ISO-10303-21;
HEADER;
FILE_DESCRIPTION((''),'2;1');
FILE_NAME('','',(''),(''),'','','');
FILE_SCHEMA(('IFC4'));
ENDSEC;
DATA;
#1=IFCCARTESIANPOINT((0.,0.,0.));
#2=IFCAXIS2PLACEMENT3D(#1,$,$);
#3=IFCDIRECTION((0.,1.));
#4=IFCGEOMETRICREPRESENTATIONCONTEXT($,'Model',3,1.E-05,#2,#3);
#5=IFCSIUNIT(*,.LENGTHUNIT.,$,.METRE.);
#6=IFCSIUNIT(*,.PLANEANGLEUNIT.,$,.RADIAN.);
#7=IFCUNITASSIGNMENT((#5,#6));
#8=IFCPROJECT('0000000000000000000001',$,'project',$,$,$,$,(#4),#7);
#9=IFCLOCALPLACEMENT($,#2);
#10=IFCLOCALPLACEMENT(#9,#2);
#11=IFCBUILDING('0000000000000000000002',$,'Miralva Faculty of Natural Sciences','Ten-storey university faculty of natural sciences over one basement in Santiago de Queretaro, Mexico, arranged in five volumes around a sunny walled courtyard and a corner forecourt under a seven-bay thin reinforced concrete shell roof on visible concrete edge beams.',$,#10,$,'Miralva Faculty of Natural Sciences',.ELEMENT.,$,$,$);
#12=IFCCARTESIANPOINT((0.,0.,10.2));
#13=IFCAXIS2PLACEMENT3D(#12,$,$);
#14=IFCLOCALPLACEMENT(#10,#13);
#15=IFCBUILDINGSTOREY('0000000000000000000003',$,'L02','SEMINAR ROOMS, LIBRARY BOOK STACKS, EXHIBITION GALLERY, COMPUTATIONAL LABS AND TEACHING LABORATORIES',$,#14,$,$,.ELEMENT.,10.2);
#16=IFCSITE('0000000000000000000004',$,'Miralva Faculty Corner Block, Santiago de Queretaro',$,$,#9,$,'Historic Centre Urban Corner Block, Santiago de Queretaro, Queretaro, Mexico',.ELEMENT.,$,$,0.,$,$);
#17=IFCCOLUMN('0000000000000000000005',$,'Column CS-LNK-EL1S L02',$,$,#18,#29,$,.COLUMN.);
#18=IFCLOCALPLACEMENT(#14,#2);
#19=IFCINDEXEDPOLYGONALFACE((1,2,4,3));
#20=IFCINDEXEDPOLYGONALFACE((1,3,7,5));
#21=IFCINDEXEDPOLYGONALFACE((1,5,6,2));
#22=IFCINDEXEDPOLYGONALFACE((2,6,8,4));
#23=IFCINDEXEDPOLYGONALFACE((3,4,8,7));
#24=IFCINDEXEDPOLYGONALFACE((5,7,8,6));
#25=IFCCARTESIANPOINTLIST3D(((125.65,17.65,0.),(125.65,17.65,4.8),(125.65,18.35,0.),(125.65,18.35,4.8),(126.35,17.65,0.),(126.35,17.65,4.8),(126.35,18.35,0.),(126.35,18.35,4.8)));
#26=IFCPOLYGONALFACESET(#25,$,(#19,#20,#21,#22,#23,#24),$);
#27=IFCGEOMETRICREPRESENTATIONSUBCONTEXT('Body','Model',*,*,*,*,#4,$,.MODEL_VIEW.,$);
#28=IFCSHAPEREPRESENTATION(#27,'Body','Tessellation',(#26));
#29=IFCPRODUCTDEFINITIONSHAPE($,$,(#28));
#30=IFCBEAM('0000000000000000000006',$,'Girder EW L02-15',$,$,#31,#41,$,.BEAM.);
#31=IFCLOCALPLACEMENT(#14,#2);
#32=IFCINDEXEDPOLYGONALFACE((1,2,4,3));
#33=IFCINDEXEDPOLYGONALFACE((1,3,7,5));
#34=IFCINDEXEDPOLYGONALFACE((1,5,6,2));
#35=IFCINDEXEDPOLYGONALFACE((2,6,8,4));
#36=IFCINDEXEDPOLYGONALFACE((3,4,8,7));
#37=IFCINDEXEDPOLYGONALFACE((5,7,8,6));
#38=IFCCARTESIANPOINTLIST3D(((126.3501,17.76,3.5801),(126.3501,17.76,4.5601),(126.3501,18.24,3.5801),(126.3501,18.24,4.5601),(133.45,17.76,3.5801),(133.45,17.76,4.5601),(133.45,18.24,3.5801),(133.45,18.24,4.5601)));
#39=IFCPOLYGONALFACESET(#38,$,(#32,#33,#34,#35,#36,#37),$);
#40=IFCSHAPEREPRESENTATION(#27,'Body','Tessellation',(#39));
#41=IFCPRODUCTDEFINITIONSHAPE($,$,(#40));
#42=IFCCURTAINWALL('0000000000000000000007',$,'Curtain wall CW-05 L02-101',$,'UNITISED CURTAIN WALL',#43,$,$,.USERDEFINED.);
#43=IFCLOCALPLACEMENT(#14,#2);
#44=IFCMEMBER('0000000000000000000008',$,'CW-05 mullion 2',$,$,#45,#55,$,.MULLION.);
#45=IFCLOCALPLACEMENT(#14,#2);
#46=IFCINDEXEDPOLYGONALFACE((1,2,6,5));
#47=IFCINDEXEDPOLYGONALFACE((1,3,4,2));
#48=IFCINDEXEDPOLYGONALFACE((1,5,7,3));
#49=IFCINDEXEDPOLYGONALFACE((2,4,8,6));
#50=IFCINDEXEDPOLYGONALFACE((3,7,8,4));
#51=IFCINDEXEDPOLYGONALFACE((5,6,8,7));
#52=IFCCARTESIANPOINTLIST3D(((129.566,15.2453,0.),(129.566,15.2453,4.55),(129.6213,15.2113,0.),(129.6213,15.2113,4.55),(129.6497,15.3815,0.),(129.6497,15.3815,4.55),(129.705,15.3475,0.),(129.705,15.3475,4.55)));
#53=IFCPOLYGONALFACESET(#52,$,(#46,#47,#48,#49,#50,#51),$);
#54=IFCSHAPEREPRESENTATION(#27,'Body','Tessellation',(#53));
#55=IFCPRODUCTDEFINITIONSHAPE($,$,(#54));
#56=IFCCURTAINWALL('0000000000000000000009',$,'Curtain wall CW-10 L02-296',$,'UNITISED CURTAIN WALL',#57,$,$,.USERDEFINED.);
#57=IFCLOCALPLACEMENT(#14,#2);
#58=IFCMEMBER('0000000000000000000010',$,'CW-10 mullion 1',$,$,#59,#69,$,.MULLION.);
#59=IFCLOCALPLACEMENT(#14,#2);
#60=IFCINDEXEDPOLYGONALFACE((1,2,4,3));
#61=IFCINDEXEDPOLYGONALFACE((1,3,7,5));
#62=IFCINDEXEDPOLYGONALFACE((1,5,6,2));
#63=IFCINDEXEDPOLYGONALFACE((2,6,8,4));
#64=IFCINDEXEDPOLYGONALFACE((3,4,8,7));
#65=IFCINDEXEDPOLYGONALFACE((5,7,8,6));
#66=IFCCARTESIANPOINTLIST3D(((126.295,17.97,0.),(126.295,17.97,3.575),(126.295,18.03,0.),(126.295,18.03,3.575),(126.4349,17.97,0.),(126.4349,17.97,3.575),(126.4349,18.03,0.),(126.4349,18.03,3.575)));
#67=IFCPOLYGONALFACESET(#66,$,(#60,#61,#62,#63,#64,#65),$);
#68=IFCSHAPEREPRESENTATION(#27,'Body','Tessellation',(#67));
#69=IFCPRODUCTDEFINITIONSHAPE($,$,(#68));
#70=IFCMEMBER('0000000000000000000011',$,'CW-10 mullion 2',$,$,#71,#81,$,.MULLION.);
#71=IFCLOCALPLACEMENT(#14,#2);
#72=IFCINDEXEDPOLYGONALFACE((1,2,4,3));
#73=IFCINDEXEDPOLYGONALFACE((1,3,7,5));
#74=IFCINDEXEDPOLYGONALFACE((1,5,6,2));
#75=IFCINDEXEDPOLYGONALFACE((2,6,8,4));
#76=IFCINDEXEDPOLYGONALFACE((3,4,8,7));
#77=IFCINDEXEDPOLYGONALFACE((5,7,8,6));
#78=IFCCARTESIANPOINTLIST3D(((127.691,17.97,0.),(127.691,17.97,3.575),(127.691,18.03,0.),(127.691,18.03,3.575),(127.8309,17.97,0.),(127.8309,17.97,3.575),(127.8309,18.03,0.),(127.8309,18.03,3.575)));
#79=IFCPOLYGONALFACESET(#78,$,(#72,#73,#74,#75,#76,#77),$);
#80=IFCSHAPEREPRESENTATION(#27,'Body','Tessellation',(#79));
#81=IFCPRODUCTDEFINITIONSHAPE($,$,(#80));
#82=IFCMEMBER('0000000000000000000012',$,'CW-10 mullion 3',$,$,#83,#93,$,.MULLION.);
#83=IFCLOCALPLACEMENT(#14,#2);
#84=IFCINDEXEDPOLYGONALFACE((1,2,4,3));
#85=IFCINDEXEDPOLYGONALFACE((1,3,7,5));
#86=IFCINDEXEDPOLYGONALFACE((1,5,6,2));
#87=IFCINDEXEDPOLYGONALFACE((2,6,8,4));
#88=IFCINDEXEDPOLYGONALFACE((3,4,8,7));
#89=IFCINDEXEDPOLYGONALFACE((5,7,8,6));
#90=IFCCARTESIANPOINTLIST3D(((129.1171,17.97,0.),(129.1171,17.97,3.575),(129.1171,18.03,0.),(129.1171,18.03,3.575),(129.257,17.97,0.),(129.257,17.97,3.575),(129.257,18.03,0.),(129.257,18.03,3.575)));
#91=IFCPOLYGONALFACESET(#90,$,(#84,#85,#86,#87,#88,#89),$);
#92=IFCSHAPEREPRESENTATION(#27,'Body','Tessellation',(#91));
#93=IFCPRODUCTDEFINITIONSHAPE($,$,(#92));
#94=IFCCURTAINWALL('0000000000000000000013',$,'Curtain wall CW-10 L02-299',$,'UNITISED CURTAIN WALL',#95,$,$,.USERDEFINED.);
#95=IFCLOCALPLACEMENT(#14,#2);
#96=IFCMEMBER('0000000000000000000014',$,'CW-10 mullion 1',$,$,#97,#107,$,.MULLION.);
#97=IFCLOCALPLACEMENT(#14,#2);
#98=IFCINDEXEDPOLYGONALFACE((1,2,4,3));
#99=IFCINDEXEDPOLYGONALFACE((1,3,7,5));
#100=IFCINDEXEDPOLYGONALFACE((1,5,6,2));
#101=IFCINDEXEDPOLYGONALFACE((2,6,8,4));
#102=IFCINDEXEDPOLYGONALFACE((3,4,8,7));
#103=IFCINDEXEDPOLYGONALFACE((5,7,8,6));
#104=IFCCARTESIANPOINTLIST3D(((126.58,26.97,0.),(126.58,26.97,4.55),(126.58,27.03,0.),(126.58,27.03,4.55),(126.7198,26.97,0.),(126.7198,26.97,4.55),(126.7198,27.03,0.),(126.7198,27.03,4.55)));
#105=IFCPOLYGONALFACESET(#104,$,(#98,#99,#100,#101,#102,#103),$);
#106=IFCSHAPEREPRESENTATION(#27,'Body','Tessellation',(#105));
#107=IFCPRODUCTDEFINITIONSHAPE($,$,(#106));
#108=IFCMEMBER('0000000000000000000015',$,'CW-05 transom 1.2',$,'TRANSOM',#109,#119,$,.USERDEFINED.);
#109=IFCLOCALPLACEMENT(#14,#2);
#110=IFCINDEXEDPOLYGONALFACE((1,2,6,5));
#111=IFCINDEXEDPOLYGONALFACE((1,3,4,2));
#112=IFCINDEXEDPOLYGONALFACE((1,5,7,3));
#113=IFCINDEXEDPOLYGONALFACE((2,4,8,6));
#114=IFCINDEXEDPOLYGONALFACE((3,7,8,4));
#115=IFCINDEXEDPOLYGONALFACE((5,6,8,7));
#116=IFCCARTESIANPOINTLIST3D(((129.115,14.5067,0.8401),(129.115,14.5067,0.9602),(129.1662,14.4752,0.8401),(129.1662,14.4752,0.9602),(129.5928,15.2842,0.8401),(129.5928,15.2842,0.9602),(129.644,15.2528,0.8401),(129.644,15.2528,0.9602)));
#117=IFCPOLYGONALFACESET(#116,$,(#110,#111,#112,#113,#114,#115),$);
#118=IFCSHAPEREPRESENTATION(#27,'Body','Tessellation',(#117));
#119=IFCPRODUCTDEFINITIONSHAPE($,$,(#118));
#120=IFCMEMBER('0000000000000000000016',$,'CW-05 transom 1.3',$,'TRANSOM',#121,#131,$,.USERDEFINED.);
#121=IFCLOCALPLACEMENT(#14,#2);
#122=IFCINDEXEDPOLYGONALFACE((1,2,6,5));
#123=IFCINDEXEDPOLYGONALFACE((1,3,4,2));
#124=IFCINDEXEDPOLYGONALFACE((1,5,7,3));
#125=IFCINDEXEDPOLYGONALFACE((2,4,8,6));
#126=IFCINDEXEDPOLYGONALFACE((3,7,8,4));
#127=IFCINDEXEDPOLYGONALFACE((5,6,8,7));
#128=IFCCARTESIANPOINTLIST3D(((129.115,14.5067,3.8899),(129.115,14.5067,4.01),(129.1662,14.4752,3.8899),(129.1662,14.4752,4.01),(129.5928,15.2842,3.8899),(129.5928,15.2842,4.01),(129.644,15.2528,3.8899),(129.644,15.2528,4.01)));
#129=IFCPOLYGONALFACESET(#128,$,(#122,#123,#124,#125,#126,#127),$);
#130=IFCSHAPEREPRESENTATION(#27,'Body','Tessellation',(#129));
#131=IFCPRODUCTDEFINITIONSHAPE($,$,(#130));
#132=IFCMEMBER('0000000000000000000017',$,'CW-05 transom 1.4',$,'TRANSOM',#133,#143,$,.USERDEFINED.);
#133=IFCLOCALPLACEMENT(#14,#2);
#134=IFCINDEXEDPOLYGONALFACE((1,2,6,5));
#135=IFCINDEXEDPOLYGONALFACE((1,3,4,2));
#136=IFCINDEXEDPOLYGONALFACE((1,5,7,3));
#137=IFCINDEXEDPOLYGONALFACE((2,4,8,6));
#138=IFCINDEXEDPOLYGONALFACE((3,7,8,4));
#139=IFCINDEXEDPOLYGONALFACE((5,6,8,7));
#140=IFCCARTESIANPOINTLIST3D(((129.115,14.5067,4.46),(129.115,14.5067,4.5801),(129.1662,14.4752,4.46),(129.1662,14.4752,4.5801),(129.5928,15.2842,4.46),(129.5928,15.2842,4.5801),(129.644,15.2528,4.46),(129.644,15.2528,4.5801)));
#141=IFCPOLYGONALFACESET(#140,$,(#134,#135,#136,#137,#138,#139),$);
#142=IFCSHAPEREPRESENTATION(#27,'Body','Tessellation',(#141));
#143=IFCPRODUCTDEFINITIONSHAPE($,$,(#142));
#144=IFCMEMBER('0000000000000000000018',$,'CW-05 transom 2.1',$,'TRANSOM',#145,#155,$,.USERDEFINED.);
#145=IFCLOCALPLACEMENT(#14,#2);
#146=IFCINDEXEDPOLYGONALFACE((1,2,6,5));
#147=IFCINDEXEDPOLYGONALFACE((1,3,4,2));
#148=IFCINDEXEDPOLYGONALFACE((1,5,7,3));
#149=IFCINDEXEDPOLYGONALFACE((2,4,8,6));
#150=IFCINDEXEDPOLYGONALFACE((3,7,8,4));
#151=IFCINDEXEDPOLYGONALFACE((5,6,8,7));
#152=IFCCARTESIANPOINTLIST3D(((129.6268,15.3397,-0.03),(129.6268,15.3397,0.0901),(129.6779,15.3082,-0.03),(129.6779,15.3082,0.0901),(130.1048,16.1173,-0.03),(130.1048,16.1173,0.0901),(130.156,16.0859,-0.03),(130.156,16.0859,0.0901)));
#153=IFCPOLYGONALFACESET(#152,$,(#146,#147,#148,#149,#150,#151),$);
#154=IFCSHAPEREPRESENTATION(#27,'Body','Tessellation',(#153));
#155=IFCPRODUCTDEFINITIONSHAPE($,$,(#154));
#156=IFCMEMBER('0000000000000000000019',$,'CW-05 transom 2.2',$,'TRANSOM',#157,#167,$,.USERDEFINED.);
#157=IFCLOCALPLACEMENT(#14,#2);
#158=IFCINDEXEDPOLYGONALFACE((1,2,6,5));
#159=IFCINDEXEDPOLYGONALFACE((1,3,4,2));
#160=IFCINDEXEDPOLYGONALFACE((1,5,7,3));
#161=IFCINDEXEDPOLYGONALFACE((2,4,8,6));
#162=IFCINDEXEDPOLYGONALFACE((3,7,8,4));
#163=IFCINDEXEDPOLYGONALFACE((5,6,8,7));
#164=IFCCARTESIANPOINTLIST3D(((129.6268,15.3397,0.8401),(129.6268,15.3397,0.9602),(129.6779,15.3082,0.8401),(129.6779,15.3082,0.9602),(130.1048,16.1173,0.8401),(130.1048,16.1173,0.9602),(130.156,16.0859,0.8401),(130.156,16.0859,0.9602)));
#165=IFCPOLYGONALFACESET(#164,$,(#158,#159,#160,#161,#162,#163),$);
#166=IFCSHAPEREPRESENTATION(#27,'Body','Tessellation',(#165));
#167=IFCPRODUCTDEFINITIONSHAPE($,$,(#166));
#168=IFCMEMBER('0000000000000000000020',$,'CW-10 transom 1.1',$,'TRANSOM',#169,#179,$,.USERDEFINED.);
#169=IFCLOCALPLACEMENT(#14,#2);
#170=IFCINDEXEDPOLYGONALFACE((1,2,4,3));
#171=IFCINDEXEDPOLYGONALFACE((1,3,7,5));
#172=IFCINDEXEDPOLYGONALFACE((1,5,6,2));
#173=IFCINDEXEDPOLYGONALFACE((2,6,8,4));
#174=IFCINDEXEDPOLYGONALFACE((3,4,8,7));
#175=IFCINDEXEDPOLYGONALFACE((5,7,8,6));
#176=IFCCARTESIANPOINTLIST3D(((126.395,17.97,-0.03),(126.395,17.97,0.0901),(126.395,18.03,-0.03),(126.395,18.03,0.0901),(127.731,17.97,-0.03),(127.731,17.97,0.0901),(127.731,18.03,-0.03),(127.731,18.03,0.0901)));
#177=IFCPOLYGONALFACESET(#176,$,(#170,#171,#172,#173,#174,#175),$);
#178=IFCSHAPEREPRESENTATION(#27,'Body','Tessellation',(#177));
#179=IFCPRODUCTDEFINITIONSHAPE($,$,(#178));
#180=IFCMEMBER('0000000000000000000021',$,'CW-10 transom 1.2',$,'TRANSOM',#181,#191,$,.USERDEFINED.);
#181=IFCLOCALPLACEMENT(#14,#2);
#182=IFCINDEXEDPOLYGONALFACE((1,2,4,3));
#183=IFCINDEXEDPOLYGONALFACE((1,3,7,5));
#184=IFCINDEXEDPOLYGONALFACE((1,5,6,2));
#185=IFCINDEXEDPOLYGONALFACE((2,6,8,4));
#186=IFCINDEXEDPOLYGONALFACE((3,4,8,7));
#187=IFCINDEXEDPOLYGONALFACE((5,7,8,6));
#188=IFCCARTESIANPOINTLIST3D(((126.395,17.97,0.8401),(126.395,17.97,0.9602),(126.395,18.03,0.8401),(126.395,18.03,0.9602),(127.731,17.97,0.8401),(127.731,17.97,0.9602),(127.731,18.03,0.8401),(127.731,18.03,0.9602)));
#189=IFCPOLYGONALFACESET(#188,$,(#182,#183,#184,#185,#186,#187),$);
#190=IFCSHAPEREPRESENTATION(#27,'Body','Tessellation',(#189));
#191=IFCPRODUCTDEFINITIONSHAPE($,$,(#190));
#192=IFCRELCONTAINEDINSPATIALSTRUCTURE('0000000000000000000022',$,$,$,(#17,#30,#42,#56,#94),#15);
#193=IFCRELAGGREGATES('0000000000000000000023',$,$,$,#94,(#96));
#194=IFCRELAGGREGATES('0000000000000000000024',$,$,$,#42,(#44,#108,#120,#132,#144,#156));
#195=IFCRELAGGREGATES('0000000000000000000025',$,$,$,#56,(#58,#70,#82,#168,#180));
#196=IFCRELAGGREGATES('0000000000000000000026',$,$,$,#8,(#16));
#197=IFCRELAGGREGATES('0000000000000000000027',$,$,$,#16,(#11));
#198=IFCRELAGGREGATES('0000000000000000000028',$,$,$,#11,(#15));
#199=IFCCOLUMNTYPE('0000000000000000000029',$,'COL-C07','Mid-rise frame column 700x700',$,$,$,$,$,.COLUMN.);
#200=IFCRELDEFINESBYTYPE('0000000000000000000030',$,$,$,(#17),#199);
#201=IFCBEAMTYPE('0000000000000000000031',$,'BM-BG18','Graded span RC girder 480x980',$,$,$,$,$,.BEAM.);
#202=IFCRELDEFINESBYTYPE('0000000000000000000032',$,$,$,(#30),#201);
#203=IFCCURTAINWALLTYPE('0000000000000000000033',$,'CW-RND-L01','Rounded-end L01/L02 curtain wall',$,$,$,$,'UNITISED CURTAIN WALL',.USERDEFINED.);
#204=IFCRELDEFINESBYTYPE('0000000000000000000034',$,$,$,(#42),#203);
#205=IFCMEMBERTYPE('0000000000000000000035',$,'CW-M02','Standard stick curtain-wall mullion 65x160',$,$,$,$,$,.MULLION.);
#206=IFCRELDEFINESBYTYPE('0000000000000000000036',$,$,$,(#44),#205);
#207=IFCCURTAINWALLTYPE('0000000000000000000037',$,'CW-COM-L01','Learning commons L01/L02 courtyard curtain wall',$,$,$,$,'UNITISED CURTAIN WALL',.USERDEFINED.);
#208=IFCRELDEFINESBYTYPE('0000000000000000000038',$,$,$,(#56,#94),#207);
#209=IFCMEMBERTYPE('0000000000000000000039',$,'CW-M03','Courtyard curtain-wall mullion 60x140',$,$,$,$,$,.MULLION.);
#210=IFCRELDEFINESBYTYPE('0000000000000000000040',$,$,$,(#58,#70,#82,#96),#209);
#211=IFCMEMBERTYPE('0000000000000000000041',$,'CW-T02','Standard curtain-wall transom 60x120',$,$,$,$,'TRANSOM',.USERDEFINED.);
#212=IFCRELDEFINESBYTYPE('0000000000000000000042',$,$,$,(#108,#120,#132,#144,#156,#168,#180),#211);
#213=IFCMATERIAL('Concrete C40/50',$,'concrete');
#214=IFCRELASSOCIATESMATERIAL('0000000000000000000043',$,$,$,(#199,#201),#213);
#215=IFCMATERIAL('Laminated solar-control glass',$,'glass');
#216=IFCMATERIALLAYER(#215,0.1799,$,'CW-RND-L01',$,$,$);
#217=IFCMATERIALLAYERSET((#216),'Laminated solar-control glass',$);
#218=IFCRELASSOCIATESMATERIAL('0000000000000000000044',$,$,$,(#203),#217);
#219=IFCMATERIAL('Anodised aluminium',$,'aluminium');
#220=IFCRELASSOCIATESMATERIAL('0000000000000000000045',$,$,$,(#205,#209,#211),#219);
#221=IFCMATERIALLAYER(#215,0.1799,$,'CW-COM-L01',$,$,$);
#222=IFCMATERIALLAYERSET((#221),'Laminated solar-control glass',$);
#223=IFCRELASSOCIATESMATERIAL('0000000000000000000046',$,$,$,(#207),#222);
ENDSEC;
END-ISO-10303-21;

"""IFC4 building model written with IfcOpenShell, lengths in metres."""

from ifc_helpers import new_model, si_unit, direction, frame, origin, origin_2d, place, context, subcontext, project, spatial, rectangle, extrude, material, layer, layer_set, material_profile, profile_set, type_object, element, aggregate, save


model = new_model("IFC4")

# Units and contexts
model_context = context("Model", 3, precision=1e-05, world=origin(), true_north=direction((0.0, 1.0)))
body_context = subcontext(model_context, "Body", "Model", "MODEL_VIEW")
ifc_project = project(units=[si_unit("LENGTHUNIT", "METRE"), si_unit("PLANEANGLEUNIT", "RADIAN")], contexts=[model_context])

# Site, building, storey
site_placement = place(None, origin())
site = spatial("IfcSite", under=ifc_project, at=site_placement, Name="Miralva Faculty Corner Block, Santiago de Queretaro", LongName="Historic Centre Urban Corner Block, Santiago de Queretaro, Queretaro, Mexico", CompositionType="ELEMENT", RefElevation=0.0)
building_placement = place(site_placement, origin())
building = spatial("IfcBuilding", under=site, at=building_placement, Name="Miralva Faculty of Natural Sciences", Description="Ten-storey university faculty of natural sciences over one basement in Santiago de Queretaro, Mexico, arranged in five volumes around a sunny walled courtyard and a corner forecourt under a seven-bay thin reinforced concrete shell roof on visible concrete edge beams.", LongName="Miralva Faculty of Natural Sciences", CompositionType="ELEMENT")
storey_placement = place(building_placement, frame((0.0, 0.0, 10.2)))
storey = spatial("IfcBuildingStorey", under=building, at=storey_placement, Name="L02", Description="SEMINAR ROOMS, LIBRARY BOOK STACKS, EXHIBITION GALLERY, COMPUTATIONAL LABS AND TEACHING LABORATORIES", CompositionType="ELEMENT", Elevation=10.2)

# Column
ifc_material_1 = material(Name="Concrete C40/50", Category="concrete")
ifc_material_profile_1 = material_profile(ifc_material_1, rectangle(XDim=0.7, YDim=0.7, at=origin_2d()), Name="RC 700x700")
ifc_profile_set_1 = profile_set([ifc_material_profile_1], Name="Concrete C40/50")
column_type = type_object("IfcColumnType", Name="COL-C07", Description="Mid-rise frame column 700x700", PredefinedType="COLUMN", material=ifc_profile_set_1)
column_placement = place(storey_placement, frame((126.0, 18.0, 0.0), z_axis=(0.0, 0.0, 1.0), x_axis=(1.0, 0.0, 0.0)))
element("IfcColumn", 1, at=column_placement, inside=storey, type_object=column_type, Name="Column CS-LNK-EL1S L02", PredefinedType="COLUMN", context=body_context, shape_type="SweptSolid", body=[
    extrude(rectangle(XDim=0.7, YDim=0.7, at=origin_2d()), origin(), (0.0, 0.0, 1.0), 4.8),
])

# Beam
ifc_material_profile_2 = material_profile(ifc_material_1, rectangle(XDim=0.48, YDim=0.98, at=origin_2d()), Name="RC 480x980")
ifc_profile_set_2 = profile_set([ifc_material_profile_2], Name="Concrete C40/50")
beam_type = type_object("IfcBeamType", Name="BM-BG18", Description="Graded span RC girder 480x980", PredefinedType="BEAM", material=ifc_profile_set_2)
beam_placement = place(storey_placement, frame((126.3501, 18.0, 4.0701), z_axis=(1.0, 0.0, 0.0), x_axis=(0.0, 1.0, 0.0)))
element("IfcBeam", 2, at=beam_placement, inside=storey, type_object=beam_type, Name="Girder EW L02-15", PredefinedType="BEAM", context=body_context, shape_type="SweptSolid", body=[
    extrude(rectangle(XDim=0.48, YDim=0.98, at=origin_2d()), origin(), (0.0, 0.0, 1.0), 7.0999),
])

# Curtain wall, member
ifc_material_2 = material(Name="Laminated solar-control glass", Category="glass")
ifc_layer_1 = layer(ifc_material_2, 0.1799, Name="CW-RND-L01")
ifc_layer_set_1 = layer_set([ifc_layer_1], Name="Laminated solar-control glass")
curtain_wall_type_1 = type_object("IfcCurtainWallType", Name="CW-RND-L01", Description="Rounded-end L01/L02 curtain wall", ElementType="UNITISED CURTAIN WALL", PredefinedType="USERDEFINED", material=ifc_layer_set_1)
curtain_wall_1_placement = place(storey_placement, origin())
curtain_wall_1 = element("IfcCurtainWall", 3, at=curtain_wall_1_placement, inside=storey, type_object=curtain_wall_type_1, Name="Curtain wall CW-05 L02-101", ObjectType="UNITISED CURTAIN WALL", PredefinedType="USERDEFINED")
ifc_material_3 = material(Name="Anodised aluminium", Category="aluminium")
ifc_material_profile_3 = material_profile(ifc_material_3, rectangle(XDim=0.0649, YDim=0.1599, at=origin_2d()), Name="MULLION 65x160")
ifc_profile_set_3 = profile_set([ifc_material_profile_3], Name="Anodised aluminium")
member_type_1 = type_object("IfcMemberType", Name="CW-M02", Description="Standard stick curtain-wall mullion 65x160", PredefinedType="MULLION", material=ifc_profile_set_3)
member_1_placement = place(storey_placement, frame((129.6355, 15.2964, 0.0), z_axis=(0.0, 0.0, 1.0), x_axis=(-0.851995, 0.523551, 0.0)))
member_1 = element("IfcMember", 4, at=member_1_placement, type_object=member_type_1, Name="CW-05 mullion 2", PredefinedType="MULLION", context=body_context, shape_type="SweptSolid", body=[
    extrude(rectangle(XDim=0.0649, YDim=0.1599, at=origin_2d()), origin(), (0.0, 0.0, 1.0), 4.55),
])

# Curtain wall, members
ifc_layer_2 = layer(ifc_material_2, 0.1799, Name="CW-COM-L01")
ifc_layer_set_2 = layer_set([ifc_layer_2], Name="Laminated solar-control glass")
curtain_wall_type_2 = type_object("IfcCurtainWallType", Name="CW-COM-L01", Description="Learning commons L01/L02 courtyard curtain wall", ElementType="UNITISED CURTAIN WALL", PredefinedType="USERDEFINED", material=ifc_layer_set_2)
curtain_wall_2_placement = place(storey_placement, origin())
curtain_wall_2 = element("IfcCurtainWall", 5, at=curtain_wall_2_placement, inside=storey, type_object=curtain_wall_type_2, Name="Curtain wall CW-10 L02-296", ObjectType="UNITISED CURTAIN WALL", PredefinedType="USERDEFINED")
ifc_material_profile_4 = material_profile(ifc_material_3, rectangle(XDim=0.0601, YDim=0.1399, at=origin_2d()), Name="MULLION 60x140")
ifc_profile_set_4 = profile_set([ifc_material_profile_4], Name="Anodised aluminium")
member_type_2 = type_object("IfcMemberType", Name="CW-M03", Description="Courtyard curtain-wall mullion 60x140", PredefinedType="MULLION", material=ifc_profile_set_4)
member_2_placement = place(storey_placement, frame((126.365, 18.0, 0.0), z_axis=(0.0, 0.0, 1.0), x_axis=(0.0, 1.0, 0.0)))
member_2 = element("IfcMember", 6, at=member_2_placement, type_object=member_type_2, Name="CW-10 mullion 1", PredefinedType="MULLION", context=body_context, shape_type="SweptSolid", body=[
    extrude(rectangle(XDim=0.0601, YDim=0.1399, at=origin_2d()), origin(), (0.0, 0.0, 1.0), 3.575),
])
member_3_placement = place(storey_placement, frame((127.761, 18.0, 0.0), z_axis=(0.0, 0.0, 1.0), x_axis=(0.0, 1.0, 0.0)))
member_3 = element("IfcMember", 7, at=member_3_placement, type_object=member_type_2, Name="CW-10 mullion 2", PredefinedType="MULLION", context=body_context, shape_type="SweptSolid", body=[
    extrude(rectangle(XDim=0.0601, YDim=0.1399, at=origin_2d()), origin(), (0.0, 0.0, 1.0), 3.575),
])
member_4_placement = place(storey_placement, frame((129.187, 18.0, 0.0), z_axis=(0.0, 0.0, 1.0), x_axis=(0.0, 1.0, 0.0)))
member_4 = element("IfcMember", 8, at=member_4_placement, type_object=member_type_2, Name="CW-10 mullion 3", PredefinedType="MULLION", context=body_context, shape_type="SweptSolid", body=[
    extrude(rectangle(XDim=0.0601, YDim=0.1399, at=origin_2d()), origin(), (0.0, 0.0, 1.0), 3.575),
])

# Curtain wall, member
curtain_wall_3_placement = place(storey_placement, origin())
curtain_wall_3 = element("IfcCurtainWall", 9, at=curtain_wall_3_placement, inside=storey, type_object=curtain_wall_type_2, Name="Curtain wall CW-10 L02-299", ObjectType="UNITISED CURTAIN WALL", PredefinedType="USERDEFINED")
member_5_placement = place(storey_placement, frame((126.6499, 27.0, 0.0), z_axis=(0.0, 0.0, 1.0), x_axis=(0.0, 1.0, 0.0)))
member_5 = element("IfcMember", 10, at=member_5_placement, type_object=member_type_2, Name="CW-10 mullion 1", PredefinedType="MULLION", context=body_context, shape_type="SweptSolid", body=[
    extrude(rectangle(XDim=0.0601, YDim=0.1399, at=origin_2d()), origin(), (0.0, 0.0, 1.0), 4.55),
])

# Members
ifc_material_profile_5 = material_profile(ifc_material_3, rectangle(XDim=0.0601, YDim=0.1201, at=origin_2d()), Name="TRANSOM 60x120")
ifc_profile_set_5 = profile_set([ifc_material_profile_5], Name="Anodised aluminium")
member_type_3 = type_object("IfcMemberType", Name="CW-T02", Description="Standard curtain-wall transom 60x120", ElementType="TRANSOM", PredefinedType="USERDEFINED", material=ifc_profile_set_5)
member_6_placement = place(storey_placement, frame((129.1406, 14.491, 0.9001), z_axis=(0.523515, 0.852016, 0.0), x_axis=(-0.852016, 0.523515, 0.0)))
member_6 = element("IfcMember", 11, at=member_6_placement, type_object=member_type_3, Name="CW-05 transom 1.2", ObjectType="TRANSOM", PredefinedType="USERDEFINED", context=body_context, shape_type="SweptSolid", body=[
    extrude(rectangle(XDim=0.0601, YDim=0.1201, at=origin_2d()), origin(), (0.0, 0.0, 1.0), 0.9126),
])
member_7_placement = place(storey_placement, frame((129.1406, 14.491, 3.95), z_axis=(0.523515, 0.852016, 0.0), x_axis=(-0.852016, 0.523515, 0.0)))
member_7 = element("IfcMember", 12, at=member_7_placement, type_object=member_type_3, Name="CW-05 transom 1.3", ObjectType="TRANSOM", PredefinedType="USERDEFINED", context=body_context, shape_type="SweptSolid", body=[
    extrude(rectangle(XDim=0.0601, YDim=0.1201, at=origin_2d()), origin(), (0.0, 0.0, 1.0), 0.9126),
])
member_8_placement = place(storey_placement, frame((129.1406, 14.491, 4.52), z_axis=(0.523515, 0.852016, 0.0), x_axis=(-0.852016, 0.523515, 0.0)))
member_8 = element("IfcMember", 13, at=member_8_placement, type_object=member_type_3, Name="CW-05 transom 1.4", ObjectType="TRANSOM", PredefinedType="USERDEFINED", context=body_context, shape_type="SweptSolid", body=[
    extrude(rectangle(XDim=0.0601, YDim=0.1201, at=origin_2d()), origin(), (0.0, 0.0, 1.0), 0.9126),
])
member_9_placement = place(storey_placement, frame((129.6523, 15.324, 0.03), z_axis=(0.523709, 0.851897, 0.0), x_axis=(-0.851897, 0.523709, 0.0)))
member_9 = element("IfcMember", 14, at=member_9_placement, type_object=member_type_3, Name="CW-05 transom 2.1", ObjectType="TRANSOM", PredefinedType="USERDEFINED", context=body_context, shape_type="SweptSolid", body=[
    extrude(rectangle(XDim=0.0601, YDim=0.1201, at=origin_2d()), origin(), (0.0, 0.0, 1.0), 0.9128),
])
member_10_placement = place(storey_placement, frame((129.6523, 15.324, 0.9001), z_axis=(0.523709, 0.851897, 0.0), x_axis=(-0.851897, 0.523709, 0.0)))
member_10 = element("IfcMember", 15, at=member_10_placement, type_object=member_type_3, Name="CW-05 transom 2.2", ObjectType="TRANSOM", PredefinedType="USERDEFINED", context=body_context, shape_type="SweptSolid", body=[
    extrude(rectangle(XDim=0.0601, YDim=0.1201, at=origin_2d()), origin(), (0.0, 0.0, 1.0), 0.9128),
])
member_11_placement = place(storey_placement, frame((126.395, 18.0, 0.03), z_axis=(1.0, 0.0, 0.0), x_axis=(0.0, 1.0, 0.0)))
member_11 = element("IfcMember", 16, at=member_11_placement, type_object=member_type_3, Name="CW-10 transom 1.1", ObjectType="TRANSOM", PredefinedType="USERDEFINED", context=body_context, shape_type="SweptSolid", body=[
    extrude(rectangle(XDim=0.0601, YDim=0.1201, at=origin_2d()), origin(), (0.0, 0.0, 1.0), 1.3359),
])
member_12_placement = place(storey_placement, frame((126.395, 18.0, 0.9001), z_axis=(1.0, 0.0, 0.0), x_axis=(0.0, 1.0, 0.0)))
member_12 = element("IfcMember", 17, at=member_12_placement, type_object=member_type_3, Name="CW-10 transom 1.2", ObjectType="TRANSOM", PredefinedType="USERDEFINED", context=body_context, shape_type="SweptSolid", body=[
    extrude(rectangle(XDim=0.0601, YDim=0.1201, at=origin_2d()), origin(), (0.0, 0.0, 1.0), 1.3359),
])
aggregate(curtain_wall_3, [member_5])

aggregate(curtain_wall_1, [member_1, member_6, member_7, member_8, member_9, member_10])
aggregate(curtain_wall_2, [member_2, member_3, member_4, member_11, member_12])

save(model, "model.ifc")
